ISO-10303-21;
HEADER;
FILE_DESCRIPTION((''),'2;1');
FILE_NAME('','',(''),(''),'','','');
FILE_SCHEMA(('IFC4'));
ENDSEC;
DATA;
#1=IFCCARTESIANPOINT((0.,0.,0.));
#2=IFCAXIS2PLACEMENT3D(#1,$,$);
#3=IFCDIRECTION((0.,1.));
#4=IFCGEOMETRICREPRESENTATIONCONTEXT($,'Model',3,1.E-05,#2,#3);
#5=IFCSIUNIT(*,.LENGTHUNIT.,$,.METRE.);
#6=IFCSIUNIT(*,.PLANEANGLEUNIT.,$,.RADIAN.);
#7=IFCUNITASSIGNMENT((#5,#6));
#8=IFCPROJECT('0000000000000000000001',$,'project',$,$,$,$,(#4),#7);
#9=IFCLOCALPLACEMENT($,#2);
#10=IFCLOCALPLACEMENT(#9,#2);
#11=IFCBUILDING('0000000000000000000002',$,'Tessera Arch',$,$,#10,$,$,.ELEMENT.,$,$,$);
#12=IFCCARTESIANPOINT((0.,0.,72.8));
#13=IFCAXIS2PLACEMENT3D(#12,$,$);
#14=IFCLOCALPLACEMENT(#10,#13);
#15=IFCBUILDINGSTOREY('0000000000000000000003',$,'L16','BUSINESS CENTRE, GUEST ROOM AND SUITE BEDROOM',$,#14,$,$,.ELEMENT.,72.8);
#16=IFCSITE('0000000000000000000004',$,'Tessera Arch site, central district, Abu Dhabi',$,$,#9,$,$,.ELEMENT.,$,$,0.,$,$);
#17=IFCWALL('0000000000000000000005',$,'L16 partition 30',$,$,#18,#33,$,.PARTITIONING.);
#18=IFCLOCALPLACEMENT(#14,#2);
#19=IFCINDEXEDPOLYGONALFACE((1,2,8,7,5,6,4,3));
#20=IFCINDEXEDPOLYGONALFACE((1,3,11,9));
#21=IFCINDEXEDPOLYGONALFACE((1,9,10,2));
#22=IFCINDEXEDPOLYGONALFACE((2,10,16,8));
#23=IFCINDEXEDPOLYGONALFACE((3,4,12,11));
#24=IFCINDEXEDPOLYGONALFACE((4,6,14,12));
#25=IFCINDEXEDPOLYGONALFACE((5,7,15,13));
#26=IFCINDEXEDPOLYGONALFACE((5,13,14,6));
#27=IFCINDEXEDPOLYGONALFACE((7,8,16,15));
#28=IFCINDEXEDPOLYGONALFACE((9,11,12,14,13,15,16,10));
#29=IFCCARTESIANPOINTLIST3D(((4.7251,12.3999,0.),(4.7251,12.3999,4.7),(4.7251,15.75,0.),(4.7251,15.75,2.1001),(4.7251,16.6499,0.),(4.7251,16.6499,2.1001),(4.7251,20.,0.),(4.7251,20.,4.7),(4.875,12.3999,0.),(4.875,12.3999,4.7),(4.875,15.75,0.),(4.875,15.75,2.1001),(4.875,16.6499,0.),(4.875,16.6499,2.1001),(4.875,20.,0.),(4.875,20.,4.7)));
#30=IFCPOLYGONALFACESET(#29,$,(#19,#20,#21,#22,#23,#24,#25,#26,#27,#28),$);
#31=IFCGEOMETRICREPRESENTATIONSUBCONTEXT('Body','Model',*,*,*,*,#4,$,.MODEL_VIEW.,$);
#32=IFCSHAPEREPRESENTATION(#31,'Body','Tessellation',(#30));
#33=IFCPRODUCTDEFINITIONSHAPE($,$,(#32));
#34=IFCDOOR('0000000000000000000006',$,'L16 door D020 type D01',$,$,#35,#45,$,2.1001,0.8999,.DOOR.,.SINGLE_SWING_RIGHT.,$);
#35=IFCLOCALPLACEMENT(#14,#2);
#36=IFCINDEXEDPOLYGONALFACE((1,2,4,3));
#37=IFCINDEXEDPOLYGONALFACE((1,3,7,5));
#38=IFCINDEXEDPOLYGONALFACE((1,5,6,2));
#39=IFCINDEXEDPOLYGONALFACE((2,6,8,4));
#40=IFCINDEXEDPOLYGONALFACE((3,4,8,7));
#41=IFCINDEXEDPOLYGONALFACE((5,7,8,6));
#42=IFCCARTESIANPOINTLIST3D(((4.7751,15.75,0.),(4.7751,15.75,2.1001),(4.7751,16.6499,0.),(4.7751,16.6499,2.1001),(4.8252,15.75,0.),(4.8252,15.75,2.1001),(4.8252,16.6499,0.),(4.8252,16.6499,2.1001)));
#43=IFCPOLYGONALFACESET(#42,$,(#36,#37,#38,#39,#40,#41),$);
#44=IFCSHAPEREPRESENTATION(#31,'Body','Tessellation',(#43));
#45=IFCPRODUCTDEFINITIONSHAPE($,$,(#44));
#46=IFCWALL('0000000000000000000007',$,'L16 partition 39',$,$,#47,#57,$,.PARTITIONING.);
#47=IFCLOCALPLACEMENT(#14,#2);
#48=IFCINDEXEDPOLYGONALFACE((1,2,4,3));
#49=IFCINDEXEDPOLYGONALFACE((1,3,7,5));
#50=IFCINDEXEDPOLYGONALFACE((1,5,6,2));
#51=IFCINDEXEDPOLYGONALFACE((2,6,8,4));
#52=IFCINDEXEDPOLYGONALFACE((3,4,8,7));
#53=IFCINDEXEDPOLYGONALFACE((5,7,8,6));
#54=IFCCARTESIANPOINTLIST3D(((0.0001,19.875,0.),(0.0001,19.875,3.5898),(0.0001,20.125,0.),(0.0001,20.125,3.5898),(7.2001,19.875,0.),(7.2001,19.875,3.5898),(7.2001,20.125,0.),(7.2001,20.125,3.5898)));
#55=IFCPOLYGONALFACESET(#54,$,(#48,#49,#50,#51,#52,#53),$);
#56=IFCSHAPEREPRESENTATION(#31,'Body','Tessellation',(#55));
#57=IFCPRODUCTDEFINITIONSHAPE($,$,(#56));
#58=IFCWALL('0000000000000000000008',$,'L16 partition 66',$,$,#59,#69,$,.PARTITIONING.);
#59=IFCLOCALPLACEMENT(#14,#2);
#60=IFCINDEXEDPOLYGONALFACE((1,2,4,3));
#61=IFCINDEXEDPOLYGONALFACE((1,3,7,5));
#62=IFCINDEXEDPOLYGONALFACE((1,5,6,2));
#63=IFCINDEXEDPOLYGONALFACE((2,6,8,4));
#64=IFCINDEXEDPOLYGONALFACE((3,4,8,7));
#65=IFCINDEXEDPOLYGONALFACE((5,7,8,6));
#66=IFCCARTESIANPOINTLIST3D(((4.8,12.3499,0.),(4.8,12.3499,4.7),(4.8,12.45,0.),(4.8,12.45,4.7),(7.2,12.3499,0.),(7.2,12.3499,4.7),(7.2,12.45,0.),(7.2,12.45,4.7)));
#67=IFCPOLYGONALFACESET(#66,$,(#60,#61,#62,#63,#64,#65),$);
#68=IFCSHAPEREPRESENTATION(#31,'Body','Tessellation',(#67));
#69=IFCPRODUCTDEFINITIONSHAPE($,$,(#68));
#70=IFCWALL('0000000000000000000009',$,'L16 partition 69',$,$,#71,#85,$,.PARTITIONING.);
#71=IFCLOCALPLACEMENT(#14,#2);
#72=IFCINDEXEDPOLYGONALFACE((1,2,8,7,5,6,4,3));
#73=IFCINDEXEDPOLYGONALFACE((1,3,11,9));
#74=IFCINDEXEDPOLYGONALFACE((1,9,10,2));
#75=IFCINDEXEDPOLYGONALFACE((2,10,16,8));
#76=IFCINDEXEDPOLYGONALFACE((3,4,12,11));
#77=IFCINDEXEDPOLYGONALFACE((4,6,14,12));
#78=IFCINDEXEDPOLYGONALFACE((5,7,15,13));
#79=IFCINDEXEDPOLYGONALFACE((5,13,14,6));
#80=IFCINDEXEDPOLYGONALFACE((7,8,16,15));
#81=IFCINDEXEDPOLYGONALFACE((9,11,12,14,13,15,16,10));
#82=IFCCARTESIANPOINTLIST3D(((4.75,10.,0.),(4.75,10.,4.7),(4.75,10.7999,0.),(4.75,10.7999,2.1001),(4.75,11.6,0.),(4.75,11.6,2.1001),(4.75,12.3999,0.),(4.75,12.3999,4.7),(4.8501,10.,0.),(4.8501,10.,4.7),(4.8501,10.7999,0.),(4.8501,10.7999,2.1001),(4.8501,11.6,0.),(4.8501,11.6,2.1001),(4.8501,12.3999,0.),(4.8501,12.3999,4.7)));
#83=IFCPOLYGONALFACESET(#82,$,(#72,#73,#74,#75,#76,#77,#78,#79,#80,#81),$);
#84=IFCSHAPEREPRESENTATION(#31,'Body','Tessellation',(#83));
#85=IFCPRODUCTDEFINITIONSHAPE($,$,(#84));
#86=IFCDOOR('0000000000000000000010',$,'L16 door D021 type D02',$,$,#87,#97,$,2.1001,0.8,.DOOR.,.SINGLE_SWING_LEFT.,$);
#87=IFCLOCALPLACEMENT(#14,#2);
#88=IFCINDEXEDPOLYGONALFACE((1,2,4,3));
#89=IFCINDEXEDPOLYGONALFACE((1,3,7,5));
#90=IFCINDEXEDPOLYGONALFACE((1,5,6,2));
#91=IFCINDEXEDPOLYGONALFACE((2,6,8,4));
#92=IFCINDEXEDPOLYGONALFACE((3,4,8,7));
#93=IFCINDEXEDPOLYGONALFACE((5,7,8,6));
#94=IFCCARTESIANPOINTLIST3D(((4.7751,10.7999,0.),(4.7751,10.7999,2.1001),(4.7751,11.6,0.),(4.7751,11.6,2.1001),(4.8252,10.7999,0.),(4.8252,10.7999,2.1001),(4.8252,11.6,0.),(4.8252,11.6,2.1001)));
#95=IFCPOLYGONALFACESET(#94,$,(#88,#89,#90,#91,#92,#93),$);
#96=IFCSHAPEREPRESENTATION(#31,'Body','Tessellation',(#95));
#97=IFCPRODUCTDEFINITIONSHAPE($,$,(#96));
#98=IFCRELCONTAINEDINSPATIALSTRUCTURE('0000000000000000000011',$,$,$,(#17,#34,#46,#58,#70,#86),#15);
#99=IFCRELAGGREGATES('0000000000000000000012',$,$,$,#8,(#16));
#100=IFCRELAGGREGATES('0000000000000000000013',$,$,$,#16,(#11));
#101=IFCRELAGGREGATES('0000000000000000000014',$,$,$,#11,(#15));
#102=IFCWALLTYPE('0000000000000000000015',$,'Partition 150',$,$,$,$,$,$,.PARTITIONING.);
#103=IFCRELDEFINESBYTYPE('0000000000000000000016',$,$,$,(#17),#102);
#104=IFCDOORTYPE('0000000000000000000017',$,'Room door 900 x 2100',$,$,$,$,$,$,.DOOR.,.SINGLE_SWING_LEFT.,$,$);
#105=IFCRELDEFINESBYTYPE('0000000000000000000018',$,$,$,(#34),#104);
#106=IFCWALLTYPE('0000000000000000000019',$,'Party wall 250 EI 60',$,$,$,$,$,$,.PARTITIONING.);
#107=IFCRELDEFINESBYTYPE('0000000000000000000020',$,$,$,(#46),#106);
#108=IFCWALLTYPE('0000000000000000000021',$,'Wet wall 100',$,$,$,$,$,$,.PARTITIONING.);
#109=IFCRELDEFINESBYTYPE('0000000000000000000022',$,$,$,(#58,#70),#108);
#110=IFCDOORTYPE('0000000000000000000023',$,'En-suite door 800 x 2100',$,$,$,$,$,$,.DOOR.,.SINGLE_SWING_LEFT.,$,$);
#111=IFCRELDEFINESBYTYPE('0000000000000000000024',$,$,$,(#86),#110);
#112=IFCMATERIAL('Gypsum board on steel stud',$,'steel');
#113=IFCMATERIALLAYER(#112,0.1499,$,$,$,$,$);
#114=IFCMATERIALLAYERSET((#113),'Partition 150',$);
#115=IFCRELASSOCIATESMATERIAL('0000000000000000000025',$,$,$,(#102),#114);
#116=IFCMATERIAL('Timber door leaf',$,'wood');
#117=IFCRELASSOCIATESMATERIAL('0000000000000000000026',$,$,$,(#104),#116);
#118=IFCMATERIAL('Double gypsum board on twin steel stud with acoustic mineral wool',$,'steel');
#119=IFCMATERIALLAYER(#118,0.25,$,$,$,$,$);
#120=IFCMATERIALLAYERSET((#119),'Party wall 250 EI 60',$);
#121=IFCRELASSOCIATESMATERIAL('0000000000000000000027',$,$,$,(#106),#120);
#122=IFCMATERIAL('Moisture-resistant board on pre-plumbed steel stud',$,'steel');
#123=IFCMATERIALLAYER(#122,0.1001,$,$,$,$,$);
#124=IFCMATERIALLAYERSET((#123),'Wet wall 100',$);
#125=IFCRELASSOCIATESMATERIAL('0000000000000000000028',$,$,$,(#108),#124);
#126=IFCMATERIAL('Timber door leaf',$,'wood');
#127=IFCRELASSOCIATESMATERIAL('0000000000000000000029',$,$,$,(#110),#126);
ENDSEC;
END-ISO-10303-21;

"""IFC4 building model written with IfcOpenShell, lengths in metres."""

from ifc_helpers import new_model, si_unit, direction, frame, frame_2d, origin, place, context, subcontext, project, spatial, rectangle, extrude, material, layer, layer_set, type_object, element, fill, save


model = new_model("IFC4")

# Units and contexts
model_context = context("Model", 3, precision=1e-05, world=origin(), true_north=direction((0.0, 1.0)))
body_context = subcontext(model_context, "Body", "Model", "MODEL_VIEW")
ifc_project = project(units=[si_unit("LENGTHUNIT", "METRE"), si_unit("PLANEANGLEUNIT", "RADIAN")], contexts=[model_context])

# Site, building, storey
site_placement = place(None, origin())
site = spatial("IfcSite", under=ifc_project, at=site_placement, Name="Tessera Arch site, central district, Abu Dhabi", CompositionType="ELEMENT", RefElevation=0.0)
building_placement = place(site_placement, origin())
building = spatial("IfcBuilding", under=site, at=building_placement, Name="Tessera Arch", CompositionType="ELEMENT")
storey_placement = place(building_placement, frame((0.0, 0.0, 72.8)))
storey = spatial("IfcBuildingStorey", under=building, at=storey_placement, Name="L16", Description="BUSINESS CENTRE, GUEST ROOM AND SUITE BEDROOM", CompositionType="ELEMENT", Elevation=72.8)

# Wall, opening, door
ifc_material_1 = material(Name="Gypsum board on steel stud", Category="steel")
ifc_layer_1 = layer(ifc_material_1, 0.1499)
ifc_layer_set_1 = layer_set([ifc_layer_1], Name="Partition 150")
wall_type_1 = type_object("IfcWallType", Name="Partition 150", PredefinedType="PARTITIONING", material=ifc_layer_set_1)
wall_1_placement = place(storey_placement, frame((4.8, 12.3999, 0.0), z_axis=(0.0, 0.0, 1.0), x_axis=(0.0, 1.0, 0.0)))
wall_1 = element("IfcWall", 1, at=wall_1_placement, inside=storey, type_object=wall_type_1, Name="L16 partition 30", PredefinedType="PARTITIONING", context=body_context, shape_type="SweptSolid", body=[
    extrude(rectangle(XDim=7.6001, YDim=0.1499, at=frame_2d((3.8, 0.0))), origin(), (0.0, 0.0, 1.0), 4.7),
])
opening_1_placement = place(wall_1_placement, frame((3.3501, 0.0, 0.0)))
opening_1 = element("IfcOpeningElement", 2, at=opening_1_placement, cuts=wall_1, PredefinedType="OPENING", context=body_context, shape_type="SweptSolid", body=[
    extrude(rectangle(XDim=0.8999, YDim=2.1001, at=frame_2d((0.45, 1.05))), frame((0.0, 0.085, 0.0), z_axis=(0.0, -1.0, 0.0), x_axis=(1.0, 0.0, 0.0)), (0.0, 0.0, 1.0), 0.1699),
])
ifc_material_2 = material(Name="Timber door leaf", Category="wood")
door_type_1 = type_object("IfcDoorType", Name="Room door 900 x 2100", OperationType="SINGLE_SWING_LEFT", PredefinedType="DOOR", material=ifc_material_2)
door_1_placement = place(opening_1_placement, origin())
door_1 = element("IfcDoor", 3, at=door_1_placement, inside=storey, type_object=door_type_1, Name="L16 door D020 type D01", OperationType="SINGLE_SWING_RIGHT", OverallHeight=2.1001, OverallWidth=0.8999, PredefinedType="DOOR", context=body_context, shape_type="SweptSolid", body=[
    extrude(rectangle(XDim=0.8999, YDim=2.1001, at=frame_2d((0.45, 1.05))), frame((0.0, 0.0249, 0.0), z_axis=(0.0, -1.0, 0.0), x_axis=(1.0, 0.0, 0.0)), (0.0, 0.0, 1.0), 0.05),
])
fill(opening_1, door_1)

# Walls
ifc_material_3 = material(Name="Double gypsum board on twin steel stud with acoustic mineral wool", Category="steel")
ifc_layer_2 = layer(ifc_material_3, 0.25)
ifc_layer_set_2 = layer_set([ifc_layer_2], Name="Party wall 250 EI 60")
wall_type_2 = type_object("IfcWallType", Name="Party wall 250 EI 60", PredefinedType="PARTITIONING", material=ifc_layer_set_2)
wall_2_placement = place(storey_placement, frame((0.0, 20.0, 0.0), z_axis=(0.0, 0.0, 1.0), x_axis=(1.0, 0.0, 0.0)))
element("IfcWall", 4, at=wall_2_placement, inside=storey, type_object=wall_type_2, Name="L16 partition 39", PredefinedType="PARTITIONING", context=body_context, shape_type="SweptSolid", body=[
    extrude(rectangle(XDim=7.2, YDim=0.25, at=frame_2d((3.6001, 0.0))), origin(), (0.0, 0.0, 1.0), 3.5898),
])
ifc_material_4 = material(Name="Moisture-resistant board on pre-plumbed steel stud", Category="steel")
ifc_layer_3 = layer(ifc_material_4, 0.1001)
ifc_layer_set_3 = layer_set([ifc_layer_3], Name="Wet wall 100")
wall_type_3 = type_object("IfcWallType", Name="Wet wall 100", PredefinedType="PARTITIONING", material=ifc_layer_set_3)
wall_3_placement = place(storey_placement, frame((4.8, 12.3999, 0.0), z_axis=(0.0, 0.0, 1.0), x_axis=(1.0, 0.0, 0.0)))
element("IfcWall", 5, at=wall_3_placement, inside=storey, type_object=wall_type_3, Name="L16 partition 66", PredefinedType="PARTITIONING", context=body_context, shape_type="SweptSolid", body=[
    extrude(rectangle(XDim=2.3999, YDim=0.1001, at=frame_2d((1.2, 0.0))), origin(), (0.0, 0.0, 1.0), 4.7),
])

# Wall, opening, door
wall_4_placement = place(storey_placement, frame((4.8, 10.0, 0.0), z_axis=(0.0, 0.0, 1.0), x_axis=(0.0, 1.0, 0.0)))
wall_4 = element("IfcWall", 6, at=wall_4_placement, inside=storey, type_object=wall_type_3, Name="L16 partition 69", PredefinedType="PARTITIONING", context=body_context, shape_type="SweptSolid", body=[
    extrude(rectangle(XDim=2.3999, YDim=0.1001, at=frame_2d((1.2, 0.0))), origin(), (0.0, 0.0, 1.0), 4.7),
])
opening_2_placement = place(wall_4_placement, frame((0.8, 0.0, 0.0)))
opening_2 = element("IfcOpeningElement", 7, at=opening_2_placement, cuts=wall_4, PredefinedType="OPENING", context=body_context, shape_type="SweptSolid", body=[
    extrude(rectangle(XDim=0.8, YDim=2.1001, at=frame_2d((0.3999, 1.05))), frame((0.0, 0.0601, 0.0), z_axis=(0.0, -1.0, 0.0), x_axis=(1.0, 0.0, 0.0)), (0.0, 0.0, 1.0), 0.1201),
])
ifc_material_5 = material(Name="Timber door leaf", Category="wood")
door_type_2 = type_object("IfcDoorType", Name="En-suite door 800 x 2100", OperationType="SINGLE_SWING_LEFT", PredefinedType="DOOR", material=ifc_material_5)
door_2_placement = place(opening_2_placement, origin())
door_2 = element("IfcDoor", 8, at=door_2_placement, inside=storey, type_object=door_type_2, Name="L16 door D021 type D02", OperationType="SINGLE_SWING_LEFT", OverallHeight=2.1001, OverallWidth=0.8, PredefinedType="DOOR", context=body_context, shape_type="SweptSolid", body=[
    extrude(rectangle(XDim=0.8, YDim=2.1001, at=frame_2d((0.3999, 1.05))), frame((0.0, 0.0249, 0.0), z_axis=(0.0, -1.0, 0.0), x_axis=(1.0, 0.0, 0.0)), (0.0, 0.0, 1.0), 0.05),
])
fill(opening_2, door_2)

save(model, "model.ifc")
